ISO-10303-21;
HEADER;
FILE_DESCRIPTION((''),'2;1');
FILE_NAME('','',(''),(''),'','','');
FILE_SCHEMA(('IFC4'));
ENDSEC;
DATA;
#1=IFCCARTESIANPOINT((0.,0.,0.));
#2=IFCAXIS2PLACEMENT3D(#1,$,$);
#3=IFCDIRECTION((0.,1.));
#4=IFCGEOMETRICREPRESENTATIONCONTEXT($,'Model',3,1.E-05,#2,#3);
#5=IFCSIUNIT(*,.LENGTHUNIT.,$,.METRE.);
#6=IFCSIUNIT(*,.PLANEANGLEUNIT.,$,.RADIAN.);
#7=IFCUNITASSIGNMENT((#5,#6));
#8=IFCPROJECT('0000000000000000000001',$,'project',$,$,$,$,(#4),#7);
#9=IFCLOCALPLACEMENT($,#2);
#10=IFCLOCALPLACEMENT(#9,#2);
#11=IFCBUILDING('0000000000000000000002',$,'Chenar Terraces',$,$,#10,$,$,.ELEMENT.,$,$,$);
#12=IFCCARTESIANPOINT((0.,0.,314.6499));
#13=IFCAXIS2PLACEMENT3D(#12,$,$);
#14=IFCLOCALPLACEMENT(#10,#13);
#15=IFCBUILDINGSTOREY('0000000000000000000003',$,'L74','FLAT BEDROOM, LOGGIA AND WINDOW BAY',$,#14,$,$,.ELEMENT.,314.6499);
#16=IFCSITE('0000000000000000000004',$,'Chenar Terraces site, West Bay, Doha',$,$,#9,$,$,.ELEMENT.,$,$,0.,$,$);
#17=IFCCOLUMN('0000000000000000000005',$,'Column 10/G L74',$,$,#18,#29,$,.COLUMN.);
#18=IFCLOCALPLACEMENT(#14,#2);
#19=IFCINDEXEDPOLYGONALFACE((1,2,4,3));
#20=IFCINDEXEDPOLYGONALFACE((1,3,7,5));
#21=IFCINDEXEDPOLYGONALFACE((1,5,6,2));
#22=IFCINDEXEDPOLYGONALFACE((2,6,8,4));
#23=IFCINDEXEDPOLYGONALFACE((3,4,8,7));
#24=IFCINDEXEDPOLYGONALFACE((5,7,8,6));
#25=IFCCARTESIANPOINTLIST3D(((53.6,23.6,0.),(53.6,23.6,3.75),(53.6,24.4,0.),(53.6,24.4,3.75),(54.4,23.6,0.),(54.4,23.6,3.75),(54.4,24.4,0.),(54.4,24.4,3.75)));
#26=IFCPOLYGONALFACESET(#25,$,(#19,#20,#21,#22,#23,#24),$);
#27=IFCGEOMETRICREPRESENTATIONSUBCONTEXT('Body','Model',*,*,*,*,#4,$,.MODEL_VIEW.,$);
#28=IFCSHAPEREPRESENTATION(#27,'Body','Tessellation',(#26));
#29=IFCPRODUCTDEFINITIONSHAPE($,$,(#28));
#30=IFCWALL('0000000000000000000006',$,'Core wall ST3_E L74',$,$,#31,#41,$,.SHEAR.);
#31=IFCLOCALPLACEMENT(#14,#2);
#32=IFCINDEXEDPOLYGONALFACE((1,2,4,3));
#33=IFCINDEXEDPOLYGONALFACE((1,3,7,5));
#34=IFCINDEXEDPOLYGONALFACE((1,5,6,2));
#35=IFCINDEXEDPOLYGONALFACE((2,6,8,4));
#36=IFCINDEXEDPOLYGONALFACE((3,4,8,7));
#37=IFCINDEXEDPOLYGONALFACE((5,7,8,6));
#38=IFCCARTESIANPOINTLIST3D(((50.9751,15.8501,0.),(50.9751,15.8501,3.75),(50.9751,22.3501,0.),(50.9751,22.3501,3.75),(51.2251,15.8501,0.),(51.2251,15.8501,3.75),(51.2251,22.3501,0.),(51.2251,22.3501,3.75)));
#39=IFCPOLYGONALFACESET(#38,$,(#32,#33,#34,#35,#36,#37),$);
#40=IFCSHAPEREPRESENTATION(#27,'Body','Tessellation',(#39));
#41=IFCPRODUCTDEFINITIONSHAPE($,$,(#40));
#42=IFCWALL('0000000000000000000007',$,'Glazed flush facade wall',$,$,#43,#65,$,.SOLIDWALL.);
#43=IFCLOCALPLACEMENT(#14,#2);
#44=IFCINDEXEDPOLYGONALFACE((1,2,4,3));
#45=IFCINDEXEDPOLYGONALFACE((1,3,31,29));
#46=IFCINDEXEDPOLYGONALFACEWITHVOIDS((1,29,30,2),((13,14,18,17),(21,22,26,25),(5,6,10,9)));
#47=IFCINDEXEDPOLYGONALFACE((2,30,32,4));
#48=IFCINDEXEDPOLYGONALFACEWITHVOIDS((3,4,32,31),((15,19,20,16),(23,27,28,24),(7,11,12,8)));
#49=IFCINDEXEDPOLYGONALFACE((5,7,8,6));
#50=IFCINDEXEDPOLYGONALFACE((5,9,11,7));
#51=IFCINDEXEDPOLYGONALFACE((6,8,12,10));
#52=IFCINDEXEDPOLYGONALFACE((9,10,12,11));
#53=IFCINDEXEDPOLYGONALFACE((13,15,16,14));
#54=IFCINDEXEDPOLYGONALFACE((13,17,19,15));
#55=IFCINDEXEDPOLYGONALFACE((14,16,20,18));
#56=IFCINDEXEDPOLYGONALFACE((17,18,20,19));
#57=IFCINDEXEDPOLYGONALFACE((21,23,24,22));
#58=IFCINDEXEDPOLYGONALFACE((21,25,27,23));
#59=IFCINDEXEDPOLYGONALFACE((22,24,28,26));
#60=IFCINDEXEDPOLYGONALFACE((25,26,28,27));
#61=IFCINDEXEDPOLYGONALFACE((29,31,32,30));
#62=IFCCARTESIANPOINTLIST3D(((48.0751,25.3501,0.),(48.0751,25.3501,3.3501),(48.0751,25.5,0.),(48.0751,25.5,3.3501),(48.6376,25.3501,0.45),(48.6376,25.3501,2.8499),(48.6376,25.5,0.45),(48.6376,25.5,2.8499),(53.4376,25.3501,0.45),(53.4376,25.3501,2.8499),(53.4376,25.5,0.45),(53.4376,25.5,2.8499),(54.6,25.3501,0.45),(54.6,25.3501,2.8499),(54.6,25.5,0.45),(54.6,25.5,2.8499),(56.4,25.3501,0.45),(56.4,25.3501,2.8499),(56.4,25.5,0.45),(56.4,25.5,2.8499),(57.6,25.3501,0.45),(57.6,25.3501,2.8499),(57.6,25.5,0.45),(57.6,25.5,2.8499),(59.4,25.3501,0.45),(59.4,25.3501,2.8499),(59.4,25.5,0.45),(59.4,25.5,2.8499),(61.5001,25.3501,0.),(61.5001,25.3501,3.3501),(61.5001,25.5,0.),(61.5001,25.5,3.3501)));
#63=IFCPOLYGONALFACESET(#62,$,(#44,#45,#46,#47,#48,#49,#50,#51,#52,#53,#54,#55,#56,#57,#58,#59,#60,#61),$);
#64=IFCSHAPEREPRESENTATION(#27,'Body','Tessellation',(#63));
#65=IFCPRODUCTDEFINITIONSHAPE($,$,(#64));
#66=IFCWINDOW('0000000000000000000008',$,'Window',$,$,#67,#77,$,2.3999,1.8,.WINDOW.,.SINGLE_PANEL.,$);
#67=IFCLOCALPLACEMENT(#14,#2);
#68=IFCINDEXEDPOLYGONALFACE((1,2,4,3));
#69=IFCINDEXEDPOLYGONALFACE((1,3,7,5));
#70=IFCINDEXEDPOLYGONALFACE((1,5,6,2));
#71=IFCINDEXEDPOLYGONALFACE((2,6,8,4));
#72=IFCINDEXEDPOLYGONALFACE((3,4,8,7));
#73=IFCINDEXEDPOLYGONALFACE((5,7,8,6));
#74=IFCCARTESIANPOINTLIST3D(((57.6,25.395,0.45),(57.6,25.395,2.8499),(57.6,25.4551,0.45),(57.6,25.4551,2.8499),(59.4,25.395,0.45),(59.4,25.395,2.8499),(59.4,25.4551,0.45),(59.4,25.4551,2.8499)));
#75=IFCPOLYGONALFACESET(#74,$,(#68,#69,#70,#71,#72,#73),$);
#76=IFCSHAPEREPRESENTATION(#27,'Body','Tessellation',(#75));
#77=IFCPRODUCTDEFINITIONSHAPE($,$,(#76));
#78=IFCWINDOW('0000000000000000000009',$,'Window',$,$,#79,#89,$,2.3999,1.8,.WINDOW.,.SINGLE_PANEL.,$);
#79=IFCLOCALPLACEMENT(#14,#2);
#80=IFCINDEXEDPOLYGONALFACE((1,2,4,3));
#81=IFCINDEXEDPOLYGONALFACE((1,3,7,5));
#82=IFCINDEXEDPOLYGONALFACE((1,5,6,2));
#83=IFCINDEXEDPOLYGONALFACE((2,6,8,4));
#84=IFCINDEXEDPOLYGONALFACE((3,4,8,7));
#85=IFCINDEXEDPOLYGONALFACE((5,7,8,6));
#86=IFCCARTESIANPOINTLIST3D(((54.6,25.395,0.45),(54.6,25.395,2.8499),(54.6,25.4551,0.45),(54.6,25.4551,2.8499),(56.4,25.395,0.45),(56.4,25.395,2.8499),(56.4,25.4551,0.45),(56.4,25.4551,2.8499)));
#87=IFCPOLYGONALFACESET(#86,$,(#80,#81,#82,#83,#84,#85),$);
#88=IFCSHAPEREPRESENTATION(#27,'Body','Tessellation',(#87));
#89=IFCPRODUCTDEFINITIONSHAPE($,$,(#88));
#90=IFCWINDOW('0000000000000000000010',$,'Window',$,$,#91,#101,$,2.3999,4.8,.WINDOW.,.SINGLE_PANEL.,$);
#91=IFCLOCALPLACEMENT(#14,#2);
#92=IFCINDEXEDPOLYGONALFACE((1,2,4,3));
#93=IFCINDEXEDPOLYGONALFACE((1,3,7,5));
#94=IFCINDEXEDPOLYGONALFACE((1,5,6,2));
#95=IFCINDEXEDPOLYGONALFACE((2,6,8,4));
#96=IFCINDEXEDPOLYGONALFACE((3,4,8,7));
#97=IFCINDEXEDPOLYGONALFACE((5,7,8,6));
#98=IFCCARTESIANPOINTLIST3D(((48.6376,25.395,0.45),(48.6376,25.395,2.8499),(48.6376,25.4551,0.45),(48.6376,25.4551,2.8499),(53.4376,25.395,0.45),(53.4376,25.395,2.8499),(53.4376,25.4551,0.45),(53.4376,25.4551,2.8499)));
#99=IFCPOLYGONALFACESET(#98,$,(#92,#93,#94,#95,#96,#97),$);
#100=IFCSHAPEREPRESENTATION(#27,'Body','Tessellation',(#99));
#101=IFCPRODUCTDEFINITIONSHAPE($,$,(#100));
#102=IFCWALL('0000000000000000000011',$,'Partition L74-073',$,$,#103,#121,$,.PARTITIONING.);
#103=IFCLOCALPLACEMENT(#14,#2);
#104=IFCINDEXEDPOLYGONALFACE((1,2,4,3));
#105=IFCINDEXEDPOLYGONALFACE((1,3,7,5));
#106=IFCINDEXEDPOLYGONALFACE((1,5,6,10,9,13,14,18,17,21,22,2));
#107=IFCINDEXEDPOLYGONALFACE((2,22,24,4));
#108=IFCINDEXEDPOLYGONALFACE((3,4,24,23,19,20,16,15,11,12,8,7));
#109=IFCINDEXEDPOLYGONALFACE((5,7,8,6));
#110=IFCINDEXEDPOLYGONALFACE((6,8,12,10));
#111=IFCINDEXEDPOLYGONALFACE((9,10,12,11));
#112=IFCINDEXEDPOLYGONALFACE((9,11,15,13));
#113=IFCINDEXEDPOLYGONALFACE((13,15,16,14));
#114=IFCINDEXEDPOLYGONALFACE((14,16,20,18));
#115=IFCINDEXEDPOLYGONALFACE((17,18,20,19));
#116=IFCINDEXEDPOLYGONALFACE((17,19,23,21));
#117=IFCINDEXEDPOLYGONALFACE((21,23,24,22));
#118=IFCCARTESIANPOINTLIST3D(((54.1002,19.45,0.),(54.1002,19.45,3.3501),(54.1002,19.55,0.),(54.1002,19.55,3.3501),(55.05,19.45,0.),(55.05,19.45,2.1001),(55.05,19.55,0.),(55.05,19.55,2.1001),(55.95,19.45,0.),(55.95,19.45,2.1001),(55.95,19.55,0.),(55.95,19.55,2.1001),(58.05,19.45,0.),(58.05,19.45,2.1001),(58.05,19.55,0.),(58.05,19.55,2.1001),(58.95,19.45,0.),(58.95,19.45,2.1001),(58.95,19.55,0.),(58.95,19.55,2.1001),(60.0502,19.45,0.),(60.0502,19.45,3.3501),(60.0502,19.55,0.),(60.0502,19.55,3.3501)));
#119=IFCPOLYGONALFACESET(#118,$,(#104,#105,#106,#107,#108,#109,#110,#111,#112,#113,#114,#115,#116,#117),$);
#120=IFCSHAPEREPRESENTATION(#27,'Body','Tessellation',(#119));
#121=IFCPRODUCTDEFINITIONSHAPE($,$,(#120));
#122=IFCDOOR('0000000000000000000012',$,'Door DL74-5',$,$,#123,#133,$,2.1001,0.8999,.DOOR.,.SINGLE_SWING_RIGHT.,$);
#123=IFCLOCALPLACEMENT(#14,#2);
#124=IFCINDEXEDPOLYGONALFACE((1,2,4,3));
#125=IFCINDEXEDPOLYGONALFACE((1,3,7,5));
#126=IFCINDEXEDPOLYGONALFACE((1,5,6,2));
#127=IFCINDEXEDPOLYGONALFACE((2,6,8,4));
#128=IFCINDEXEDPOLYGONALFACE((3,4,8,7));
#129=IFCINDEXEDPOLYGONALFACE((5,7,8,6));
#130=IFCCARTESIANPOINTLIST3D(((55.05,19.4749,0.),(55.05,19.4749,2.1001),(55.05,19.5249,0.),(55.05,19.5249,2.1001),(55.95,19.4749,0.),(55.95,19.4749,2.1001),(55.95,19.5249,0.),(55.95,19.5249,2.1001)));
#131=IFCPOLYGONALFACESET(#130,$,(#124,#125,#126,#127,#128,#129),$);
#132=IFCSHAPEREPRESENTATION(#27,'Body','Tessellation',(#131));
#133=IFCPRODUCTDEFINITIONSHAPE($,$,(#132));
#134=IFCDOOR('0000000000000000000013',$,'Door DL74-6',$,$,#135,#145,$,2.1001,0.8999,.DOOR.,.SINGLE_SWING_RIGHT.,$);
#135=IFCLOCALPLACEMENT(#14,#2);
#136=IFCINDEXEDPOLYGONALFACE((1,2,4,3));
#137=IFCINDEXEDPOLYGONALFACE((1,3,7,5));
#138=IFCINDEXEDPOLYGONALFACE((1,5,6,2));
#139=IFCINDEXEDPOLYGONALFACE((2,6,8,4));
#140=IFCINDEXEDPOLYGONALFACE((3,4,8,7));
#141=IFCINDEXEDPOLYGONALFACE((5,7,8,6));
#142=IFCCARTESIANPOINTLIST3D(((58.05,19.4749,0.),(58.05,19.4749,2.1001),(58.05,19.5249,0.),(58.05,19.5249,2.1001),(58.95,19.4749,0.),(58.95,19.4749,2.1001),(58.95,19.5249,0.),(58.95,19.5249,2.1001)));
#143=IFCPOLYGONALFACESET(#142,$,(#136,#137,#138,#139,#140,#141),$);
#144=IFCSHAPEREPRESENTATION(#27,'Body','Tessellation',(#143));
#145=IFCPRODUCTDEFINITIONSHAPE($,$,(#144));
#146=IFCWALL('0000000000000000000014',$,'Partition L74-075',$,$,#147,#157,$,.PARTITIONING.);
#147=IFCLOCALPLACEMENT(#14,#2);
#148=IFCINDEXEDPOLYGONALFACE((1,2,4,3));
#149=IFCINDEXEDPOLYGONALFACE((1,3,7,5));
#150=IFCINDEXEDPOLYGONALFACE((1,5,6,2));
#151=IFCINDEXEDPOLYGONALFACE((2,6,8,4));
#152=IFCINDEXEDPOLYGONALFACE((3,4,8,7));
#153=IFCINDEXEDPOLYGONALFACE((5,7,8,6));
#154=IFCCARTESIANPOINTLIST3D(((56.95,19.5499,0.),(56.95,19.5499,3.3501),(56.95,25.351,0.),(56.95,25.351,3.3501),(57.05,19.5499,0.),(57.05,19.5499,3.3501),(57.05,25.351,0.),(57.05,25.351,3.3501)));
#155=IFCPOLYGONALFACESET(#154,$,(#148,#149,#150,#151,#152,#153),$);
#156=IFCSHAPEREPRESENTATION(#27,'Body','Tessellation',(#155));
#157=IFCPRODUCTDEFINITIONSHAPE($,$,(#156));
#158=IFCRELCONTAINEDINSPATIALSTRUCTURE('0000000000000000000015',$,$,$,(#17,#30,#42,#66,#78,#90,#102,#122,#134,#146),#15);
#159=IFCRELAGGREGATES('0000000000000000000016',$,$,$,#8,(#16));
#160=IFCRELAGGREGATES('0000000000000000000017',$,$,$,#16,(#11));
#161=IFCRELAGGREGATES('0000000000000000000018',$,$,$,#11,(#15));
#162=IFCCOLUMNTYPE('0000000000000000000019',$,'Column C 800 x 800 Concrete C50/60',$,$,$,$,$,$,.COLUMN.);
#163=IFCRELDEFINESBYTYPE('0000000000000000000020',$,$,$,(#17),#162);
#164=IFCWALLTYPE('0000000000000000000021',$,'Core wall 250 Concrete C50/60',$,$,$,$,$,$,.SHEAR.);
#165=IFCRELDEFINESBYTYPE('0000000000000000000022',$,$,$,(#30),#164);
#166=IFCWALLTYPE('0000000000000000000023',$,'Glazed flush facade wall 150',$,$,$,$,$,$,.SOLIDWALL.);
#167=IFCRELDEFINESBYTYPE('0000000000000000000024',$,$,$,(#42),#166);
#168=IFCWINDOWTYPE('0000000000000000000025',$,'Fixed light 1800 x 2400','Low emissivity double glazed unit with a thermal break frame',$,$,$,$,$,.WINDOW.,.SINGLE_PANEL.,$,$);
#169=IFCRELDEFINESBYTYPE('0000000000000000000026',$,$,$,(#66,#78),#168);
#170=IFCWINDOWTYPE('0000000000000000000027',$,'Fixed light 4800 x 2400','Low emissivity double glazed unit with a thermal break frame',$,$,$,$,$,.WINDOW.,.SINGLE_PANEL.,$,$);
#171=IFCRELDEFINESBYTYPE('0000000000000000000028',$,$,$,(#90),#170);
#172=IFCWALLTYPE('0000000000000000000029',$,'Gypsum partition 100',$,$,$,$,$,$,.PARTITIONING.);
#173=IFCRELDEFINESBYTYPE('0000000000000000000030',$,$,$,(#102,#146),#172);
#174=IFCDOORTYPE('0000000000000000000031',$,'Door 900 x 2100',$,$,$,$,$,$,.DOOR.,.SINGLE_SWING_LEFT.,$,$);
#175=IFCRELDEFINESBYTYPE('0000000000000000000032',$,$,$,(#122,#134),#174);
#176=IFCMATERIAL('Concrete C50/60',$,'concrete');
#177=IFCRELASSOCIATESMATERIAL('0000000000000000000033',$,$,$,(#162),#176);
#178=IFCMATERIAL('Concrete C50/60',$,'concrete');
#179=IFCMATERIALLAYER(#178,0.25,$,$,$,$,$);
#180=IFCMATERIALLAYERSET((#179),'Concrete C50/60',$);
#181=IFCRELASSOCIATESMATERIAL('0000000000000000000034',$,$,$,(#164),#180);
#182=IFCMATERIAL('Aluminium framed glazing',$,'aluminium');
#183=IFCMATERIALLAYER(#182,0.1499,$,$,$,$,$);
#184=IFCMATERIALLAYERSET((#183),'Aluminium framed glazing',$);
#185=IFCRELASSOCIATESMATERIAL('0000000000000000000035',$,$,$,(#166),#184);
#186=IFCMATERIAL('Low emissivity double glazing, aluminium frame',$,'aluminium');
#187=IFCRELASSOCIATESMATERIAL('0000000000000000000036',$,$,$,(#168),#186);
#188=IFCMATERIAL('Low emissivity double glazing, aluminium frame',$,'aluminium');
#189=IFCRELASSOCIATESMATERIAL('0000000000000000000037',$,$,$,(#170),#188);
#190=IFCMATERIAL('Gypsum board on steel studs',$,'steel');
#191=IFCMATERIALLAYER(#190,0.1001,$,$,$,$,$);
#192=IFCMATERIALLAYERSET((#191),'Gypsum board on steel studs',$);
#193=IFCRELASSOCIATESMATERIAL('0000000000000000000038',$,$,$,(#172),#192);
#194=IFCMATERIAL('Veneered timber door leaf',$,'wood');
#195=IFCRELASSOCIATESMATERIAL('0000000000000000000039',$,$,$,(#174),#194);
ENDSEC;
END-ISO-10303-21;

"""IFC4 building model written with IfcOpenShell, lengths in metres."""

from ifc_helpers import new_model, si_unit, direction, frame, frame_2d, origin, origin_2d, place, context, subcontext, project, spatial, rectangle, extrude, material, layer, layer_set, material_profile, profile_set, type_object, element, fill, save


model = new_model("IFC4")

# Units and contexts
model_context = context("Model", 3, precision=1e-05, world=origin(), true_north=direction((0.0, 1.0)))
body_context = subcontext(model_context, "Body", "Model", "MODEL_VIEW")
ifc_project = project(units=[si_unit("LENGTHUNIT", "METRE"), si_unit("PLANEANGLEUNIT", "RADIAN")], contexts=[model_context])

# Site, building, storey
site_placement = place(None, origin())
site = spatial("IfcSite", under=ifc_project, at=site_placement, Name="Chenar Terraces site, West Bay, Doha", CompositionType="ELEMENT", RefElevation=0.0)
building_placement = place(site_placement, origin())
building = spatial("IfcBuilding", under=site, at=building_placement, Name="Chenar Terraces", CompositionType="ELEMENT")
storey_placement = place(building_placement, frame((0.0, 0.0, 314.6499)))
storey = spatial("IfcBuildingStorey", under=building, at=storey_placement, Name="L74", Description="FLAT BEDROOM, LOGGIA AND WINDOW BAY", CompositionType="ELEMENT", Elevation=314.6499)

# Column
ifc_material_1 = material(Name="Concrete C50/60", Category="concrete")
ifc_material_profile = material_profile(ifc_material_1, rectangle(XDim=0.8, YDim=0.8, at=origin_2d()), Name="C 800 x 800")
ifc_profile_set = profile_set([ifc_material_profile], Name="Concrete C50/60")
column_type = type_object("IfcColumnType", Name="Column C 800 x 800 Concrete C50/60", PredefinedType="COLUMN", material=ifc_profile_set)
column_placement = place(storey_placement, frame((54.0, 24.0, 0.0), z_axis=(0.0, 0.0, 1.0), x_axis=(1.0, 0.0, 0.0)))
element("IfcColumn", 1, at=column_placement, inside=storey, type_object=column_type, Name="Column 10/G L74", PredefinedType="COLUMN", context=body_context, shape_type="SweptSolid", body=[
    extrude(rectangle(XDim=0.8, YDim=0.8, at=origin_2d()), origin(), (0.0, 0.0, 1.0), 3.75),
])

# Wall
ifc_material_2 = material(Name="Concrete C50/60", Category="concrete")
ifc_layer_1 = layer(ifc_material_2, 0.25)
ifc_layer_set_1 = layer_set([ifc_layer_1], Name="Concrete C50/60")
wall_type_1 = type_object("IfcWallType", Name="Core wall 250 Concrete C50/60", PredefinedType="SHEAR", material=ifc_layer_set_1)
wall_1_placement = place(storey_placement, frame((51.1001, 15.8501, 0.0), z_axis=(0.0, 0.0, 1.0), x_axis=(0.0, 1.0, 0.0)))
element("IfcWall", 2, at=wall_1_placement, inside=storey, type_object=wall_type_1, Name="Core wall ST3_E L74", PredefinedType="SHEAR", context=body_context, shape_type="SweptSolid", body=[
    extrude(rectangle(XDim=6.5, YDim=0.25, at=frame_2d((3.25, 0.0))), origin(), (0.0, 0.0, 1.0), 3.75),
])

# Wall, openings, windows
ifc_material_3 = material(Name="Aluminium framed glazing", Category="aluminium")
ifc_layer_2 = layer(ifc_material_3, 0.1499)
ifc_layer_set_2 = layer_set([ifc_layer_2], Name="Aluminium framed glazing")
wall_type_2 = type_object("IfcWallType", Name="Glazed flush facade wall 150", PredefinedType="SOLIDWALL", material=ifc_layer_set_2)
wall_2_placement = place(storey_placement, frame((61.5, 25.425, 0.0), z_axis=(0.0, 0.0, 1.0), x_axis=(-1.0, 0.0, 0.0)))
wall_2 = element("IfcWall", 3, at=wall_2_placement, inside=storey, type_object=wall_type_2, Name="Glazed flush facade wall", PredefinedType="SOLIDWALL", context=body_context, shape_type="SweptSolid", body=[
    extrude(rectangle(XDim=13.425, YDim=0.1499, at=frame_2d((6.7124, 0.0))), origin(), (0.0, 0.0, 1.0), 3.3501),
])
opening_1_placement = place(wall_2_placement, frame((2.1001, 0.0, 0.45)))
opening_1 = element("IfcOpeningElement", 4, at=opening_1_placement, cuts=wall_2, PredefinedType="OPENING", context=body_context, shape_type="SweptSolid", body=[
    extrude(rectangle(XDim=1.8, YDim=2.3999, at=frame_2d((0.8999, 1.2))), frame((0.0, 0.085, 0.0), z_axis=(0.0, -1.0, 0.0), x_axis=(1.0, 0.0, 0.0)), (0.0, 0.0, 1.0), 0.1699),
])
opening_2_placement = place(wall_2_placement, frame((5.1001, 0.0, 0.45)))
opening_2 = element("IfcOpeningElement", 5, at=opening_2_placement, cuts=wall_2, PredefinedType="OPENING", context=body_context, shape_type="SweptSolid", body=[
    extrude(rectangle(XDim=1.8, YDim=2.3999, at=frame_2d((0.8999, 1.2))), frame((0.0, 0.085, 0.0), z_axis=(0.0, -1.0, 0.0), x_axis=(1.0, 0.0, 0.0)), (0.0, 0.0, 1.0), 0.1699),
])
opening_3_placement = place(wall_2_placement, frame((8.0625, 0.0, 0.45)))
opening_3 = element("IfcOpeningElement", 6, at=opening_3_placement, cuts=wall_2, PredefinedType="OPENING", context=body_context, shape_type="SweptSolid", body=[
    extrude(rectangle(XDim=4.8, YDim=2.3999, at=frame_2d((2.3999, 1.2))), frame((0.0, 0.085, 0.0), z_axis=(0.0, -1.0, 0.0), x_axis=(1.0, 0.0, 0.0)), (0.0, 0.0, 1.0), 0.1699),
])
ifc_material_4 = material(Name="Low emissivity double glazing, aluminium frame", Category="aluminium")
window_type_1 = type_object("IfcWindowType", Name="Fixed light 1800 x 2400", Description="Low emissivity double glazed unit with a thermal break frame", PartitioningType="SINGLE_PANEL", PredefinedType="WINDOW", material=ifc_material_4)
window_1_placement = place(opening_1_placement, origin())
window_1 = element("IfcWindow", 7, at=window_1_placement, inside=storey, type_object=window_type_1, Name="Window", OverallHeight=2.3999, OverallWidth=1.8, PartitioningType="SINGLE_PANEL", PredefinedType="WINDOW", context=body_context, shape_type="SweptSolid", body=[
    extrude(rectangle(XDim=1.8, YDim=2.3999, at=frame_2d((0.8999, 1.2))), frame((0.0, 0.03, 0.0), z_axis=(0.0, -1.0, 0.0), x_axis=(1.0, 0.0, 0.0)), (0.0, 0.0, 1.0), 0.0601),
])
fill(opening_1, window_1)
window_2_placement = place(opening_2_placement, origin())
window_2 = element("IfcWindow", 8, at=window_2_placement, inside=storey, type_object=window_type_1, Name="Window", OverallHeight=2.3999, OverallWidth=1.8, PartitioningType="SINGLE_PANEL", PredefinedType="WINDOW", context=body_context, shape_type="SweptSolid", body=[
    extrude(rectangle(XDim=1.8, YDim=2.3999, at=frame_2d((0.8999, 1.2))), frame((0.0, 0.03, 0.0), z_axis=(0.0, -1.0, 0.0), x_axis=(1.0, 0.0, 0.0)), (0.0, 0.0, 1.0), 0.0601),
])
fill(opening_2, window_2)
ifc_material_5 = material(Name="Low emissivity double glazing, aluminium frame", Category="aluminium")
window_type_2 = type_object("IfcWindowType", Name="Fixed light 4800 x 2400", Description="Low emissivity double glazed unit with a thermal break frame", PartitioningType="SINGLE_PANEL", PredefinedType="WINDOW", material=ifc_material_5)
window_3_placement = place(opening_3_placement, origin())
window_3 = element("IfcWindow", 9, at=window_3_placement, inside=storey, type_object=window_type_2, Name="Window", OverallHeight=2.3999, OverallWidth=4.8, PartitioningType="SINGLE_PANEL", PredefinedType="WINDOW", context=body_context, shape_type="SweptSolid", body=[
    extrude(rectangle(XDim=4.8, YDim=2.3999, at=frame_2d((2.3999, 1.2))), frame((0.0, 0.03, 0.0), z_axis=(0.0, -1.0, 0.0), x_axis=(1.0, 0.0, 0.0)), (0.0, 0.0, 1.0), 0.0601),
])
fill(opening_3, window_3)

# Wall, openings, doors
ifc_material_6 = material(Name="Gypsum board on steel studs", Category="steel")
ifc_layer_3 = layer(ifc_material_6, 0.1001)
ifc_layer_set_3 = layer_set([ifc_layer_3], Name="Gypsum board on steel studs")
wall_type_3 = type_object("IfcWallType", Name="Gypsum partition 100", PredefinedType="PARTITIONING", material=ifc_layer_set_3)
wall_3_placement = place(storey_placement, frame((54.1001, 19.5, 0.0), z_axis=(0.0, 0.0, 1.0), x_axis=(1.0, 0.0, 0.0)))
wall_3 = element("IfcWall", 10, at=wall_3_placement, inside=storey, type_object=wall_type_3, Name="Partition L74-073", PredefinedType="PARTITIONING", context=body_context, shape_type="SweptSolid", body=[
    extrude(rectangle(XDim=5.95, YDim=0.1001, at=frame_2d((2.9751, 0.0))), origin(), (0.0, 0.0, 1.0), 3.3501),
])
opening_4_placement = place(wall_3_placement, frame((0.95, 0.0, 0.0)))
opening_4 = element("IfcOpeningElement", 11, at=opening_4_placement, cuts=wall_3, PredefinedType="OPENING", context=body_context, shape_type="SweptSolid", body=[
    extrude(rectangle(XDim=0.8999, YDim=2.1001, at=frame_2d((0.45, 1.05))), frame((0.0, 0.0601, 0.0), z_axis=(0.0, -1.0, 0.0), x_axis=(1.0, 0.0, 0.0)), (0.0, 0.0, 1.0), 0.1201),
])
opening_5_placement = place(wall_3_placement, frame((3.95, 0.0, 0.0)))
opening_5 = element("IfcOpeningElement", 12, at=opening_5_placement, cuts=wall_3, PredefinedType="OPENING", context=body_context, shape_type="SweptSolid", body=[
    extrude(rectangle(XDim=0.8999, YDim=2.1001, at=frame_2d((0.45, 1.05))), frame((0.0, 0.0601, 0.0), z_axis=(0.0, -1.0, 0.0), x_axis=(1.0, 0.0, 0.0)), (0.0, 0.0, 1.0), 0.1201),
])
ifc_material_7 = material(Name="Veneered timber door leaf", Category="wood")
door_type = type_object("IfcDoorType", Name="Door 900 x 2100", OperationType="SINGLE_SWING_LEFT", PredefinedType="DOOR", material=ifc_material_7)
door_1_placement = place(opening_4_placement, origin())
door_1 = element("IfcDoor", 13, at=door_1_placement, inside=storey, type_object=door_type, Name="Door DL74-5", OperationType="SINGLE_SWING_RIGHT", OverallHeight=2.1001, OverallWidth=0.8999, PredefinedType="DOOR", context=body_context, shape_type="SweptSolid", body=[
    extrude(rectangle(XDim=0.8999, YDim=2.1001, at=frame_2d((0.45, 1.05))), frame((0.0, 0.0249, 0.0), z_axis=(0.0, -1.0, 0.0), x_axis=(1.0, 0.0, 0.0)), (0.0, 0.0, 1.0), 0.05),
])
fill(opening_4, door_1)
door_2_placement = place(opening_5_placement, origin())
door_2 = element("IfcDoor", 14, at=door_2_placement, inside=storey, type_object=door_type, Name="Door DL74-6", OperationType="SINGLE_SWING_RIGHT", OverallHeight=2.1001, OverallWidth=0.8999, PredefinedType="DOOR", context=body_context, shape_type="SweptSolid", body=[
    extrude(rectangle(XDim=0.8999, YDim=2.1001, at=frame_2d((0.45, 1.05))), frame((0.0, 0.0249, 0.0), z_axis=(0.0, -1.0, 0.0), x_axis=(1.0, 0.0, 0.0)), (0.0, 0.0, 1.0), 0.05),
])
fill(opening_5, door_2)

# Wall
wall_4_placement = place(storey_placement, frame((57.0, 19.55, 0.0), z_axis=(0.0, 0.0, 1.0), x_axis=(0.0, 1.0, 0.0)))
element("IfcWall", 15, at=wall_4_placement, inside=storey, type_object=wall_type_3, Name="Partition L74-075", PredefinedType="PARTITIONING", context=body_context, shape_type="SweptSolid", body=[
    extrude(rectangle(XDim=5.801, YDim=0.1001, at=frame_2d((2.9004, 0.0))), origin(), (0.0, 0.0, 1.0), 3.3501),
])

save(model, "model.ifc")
